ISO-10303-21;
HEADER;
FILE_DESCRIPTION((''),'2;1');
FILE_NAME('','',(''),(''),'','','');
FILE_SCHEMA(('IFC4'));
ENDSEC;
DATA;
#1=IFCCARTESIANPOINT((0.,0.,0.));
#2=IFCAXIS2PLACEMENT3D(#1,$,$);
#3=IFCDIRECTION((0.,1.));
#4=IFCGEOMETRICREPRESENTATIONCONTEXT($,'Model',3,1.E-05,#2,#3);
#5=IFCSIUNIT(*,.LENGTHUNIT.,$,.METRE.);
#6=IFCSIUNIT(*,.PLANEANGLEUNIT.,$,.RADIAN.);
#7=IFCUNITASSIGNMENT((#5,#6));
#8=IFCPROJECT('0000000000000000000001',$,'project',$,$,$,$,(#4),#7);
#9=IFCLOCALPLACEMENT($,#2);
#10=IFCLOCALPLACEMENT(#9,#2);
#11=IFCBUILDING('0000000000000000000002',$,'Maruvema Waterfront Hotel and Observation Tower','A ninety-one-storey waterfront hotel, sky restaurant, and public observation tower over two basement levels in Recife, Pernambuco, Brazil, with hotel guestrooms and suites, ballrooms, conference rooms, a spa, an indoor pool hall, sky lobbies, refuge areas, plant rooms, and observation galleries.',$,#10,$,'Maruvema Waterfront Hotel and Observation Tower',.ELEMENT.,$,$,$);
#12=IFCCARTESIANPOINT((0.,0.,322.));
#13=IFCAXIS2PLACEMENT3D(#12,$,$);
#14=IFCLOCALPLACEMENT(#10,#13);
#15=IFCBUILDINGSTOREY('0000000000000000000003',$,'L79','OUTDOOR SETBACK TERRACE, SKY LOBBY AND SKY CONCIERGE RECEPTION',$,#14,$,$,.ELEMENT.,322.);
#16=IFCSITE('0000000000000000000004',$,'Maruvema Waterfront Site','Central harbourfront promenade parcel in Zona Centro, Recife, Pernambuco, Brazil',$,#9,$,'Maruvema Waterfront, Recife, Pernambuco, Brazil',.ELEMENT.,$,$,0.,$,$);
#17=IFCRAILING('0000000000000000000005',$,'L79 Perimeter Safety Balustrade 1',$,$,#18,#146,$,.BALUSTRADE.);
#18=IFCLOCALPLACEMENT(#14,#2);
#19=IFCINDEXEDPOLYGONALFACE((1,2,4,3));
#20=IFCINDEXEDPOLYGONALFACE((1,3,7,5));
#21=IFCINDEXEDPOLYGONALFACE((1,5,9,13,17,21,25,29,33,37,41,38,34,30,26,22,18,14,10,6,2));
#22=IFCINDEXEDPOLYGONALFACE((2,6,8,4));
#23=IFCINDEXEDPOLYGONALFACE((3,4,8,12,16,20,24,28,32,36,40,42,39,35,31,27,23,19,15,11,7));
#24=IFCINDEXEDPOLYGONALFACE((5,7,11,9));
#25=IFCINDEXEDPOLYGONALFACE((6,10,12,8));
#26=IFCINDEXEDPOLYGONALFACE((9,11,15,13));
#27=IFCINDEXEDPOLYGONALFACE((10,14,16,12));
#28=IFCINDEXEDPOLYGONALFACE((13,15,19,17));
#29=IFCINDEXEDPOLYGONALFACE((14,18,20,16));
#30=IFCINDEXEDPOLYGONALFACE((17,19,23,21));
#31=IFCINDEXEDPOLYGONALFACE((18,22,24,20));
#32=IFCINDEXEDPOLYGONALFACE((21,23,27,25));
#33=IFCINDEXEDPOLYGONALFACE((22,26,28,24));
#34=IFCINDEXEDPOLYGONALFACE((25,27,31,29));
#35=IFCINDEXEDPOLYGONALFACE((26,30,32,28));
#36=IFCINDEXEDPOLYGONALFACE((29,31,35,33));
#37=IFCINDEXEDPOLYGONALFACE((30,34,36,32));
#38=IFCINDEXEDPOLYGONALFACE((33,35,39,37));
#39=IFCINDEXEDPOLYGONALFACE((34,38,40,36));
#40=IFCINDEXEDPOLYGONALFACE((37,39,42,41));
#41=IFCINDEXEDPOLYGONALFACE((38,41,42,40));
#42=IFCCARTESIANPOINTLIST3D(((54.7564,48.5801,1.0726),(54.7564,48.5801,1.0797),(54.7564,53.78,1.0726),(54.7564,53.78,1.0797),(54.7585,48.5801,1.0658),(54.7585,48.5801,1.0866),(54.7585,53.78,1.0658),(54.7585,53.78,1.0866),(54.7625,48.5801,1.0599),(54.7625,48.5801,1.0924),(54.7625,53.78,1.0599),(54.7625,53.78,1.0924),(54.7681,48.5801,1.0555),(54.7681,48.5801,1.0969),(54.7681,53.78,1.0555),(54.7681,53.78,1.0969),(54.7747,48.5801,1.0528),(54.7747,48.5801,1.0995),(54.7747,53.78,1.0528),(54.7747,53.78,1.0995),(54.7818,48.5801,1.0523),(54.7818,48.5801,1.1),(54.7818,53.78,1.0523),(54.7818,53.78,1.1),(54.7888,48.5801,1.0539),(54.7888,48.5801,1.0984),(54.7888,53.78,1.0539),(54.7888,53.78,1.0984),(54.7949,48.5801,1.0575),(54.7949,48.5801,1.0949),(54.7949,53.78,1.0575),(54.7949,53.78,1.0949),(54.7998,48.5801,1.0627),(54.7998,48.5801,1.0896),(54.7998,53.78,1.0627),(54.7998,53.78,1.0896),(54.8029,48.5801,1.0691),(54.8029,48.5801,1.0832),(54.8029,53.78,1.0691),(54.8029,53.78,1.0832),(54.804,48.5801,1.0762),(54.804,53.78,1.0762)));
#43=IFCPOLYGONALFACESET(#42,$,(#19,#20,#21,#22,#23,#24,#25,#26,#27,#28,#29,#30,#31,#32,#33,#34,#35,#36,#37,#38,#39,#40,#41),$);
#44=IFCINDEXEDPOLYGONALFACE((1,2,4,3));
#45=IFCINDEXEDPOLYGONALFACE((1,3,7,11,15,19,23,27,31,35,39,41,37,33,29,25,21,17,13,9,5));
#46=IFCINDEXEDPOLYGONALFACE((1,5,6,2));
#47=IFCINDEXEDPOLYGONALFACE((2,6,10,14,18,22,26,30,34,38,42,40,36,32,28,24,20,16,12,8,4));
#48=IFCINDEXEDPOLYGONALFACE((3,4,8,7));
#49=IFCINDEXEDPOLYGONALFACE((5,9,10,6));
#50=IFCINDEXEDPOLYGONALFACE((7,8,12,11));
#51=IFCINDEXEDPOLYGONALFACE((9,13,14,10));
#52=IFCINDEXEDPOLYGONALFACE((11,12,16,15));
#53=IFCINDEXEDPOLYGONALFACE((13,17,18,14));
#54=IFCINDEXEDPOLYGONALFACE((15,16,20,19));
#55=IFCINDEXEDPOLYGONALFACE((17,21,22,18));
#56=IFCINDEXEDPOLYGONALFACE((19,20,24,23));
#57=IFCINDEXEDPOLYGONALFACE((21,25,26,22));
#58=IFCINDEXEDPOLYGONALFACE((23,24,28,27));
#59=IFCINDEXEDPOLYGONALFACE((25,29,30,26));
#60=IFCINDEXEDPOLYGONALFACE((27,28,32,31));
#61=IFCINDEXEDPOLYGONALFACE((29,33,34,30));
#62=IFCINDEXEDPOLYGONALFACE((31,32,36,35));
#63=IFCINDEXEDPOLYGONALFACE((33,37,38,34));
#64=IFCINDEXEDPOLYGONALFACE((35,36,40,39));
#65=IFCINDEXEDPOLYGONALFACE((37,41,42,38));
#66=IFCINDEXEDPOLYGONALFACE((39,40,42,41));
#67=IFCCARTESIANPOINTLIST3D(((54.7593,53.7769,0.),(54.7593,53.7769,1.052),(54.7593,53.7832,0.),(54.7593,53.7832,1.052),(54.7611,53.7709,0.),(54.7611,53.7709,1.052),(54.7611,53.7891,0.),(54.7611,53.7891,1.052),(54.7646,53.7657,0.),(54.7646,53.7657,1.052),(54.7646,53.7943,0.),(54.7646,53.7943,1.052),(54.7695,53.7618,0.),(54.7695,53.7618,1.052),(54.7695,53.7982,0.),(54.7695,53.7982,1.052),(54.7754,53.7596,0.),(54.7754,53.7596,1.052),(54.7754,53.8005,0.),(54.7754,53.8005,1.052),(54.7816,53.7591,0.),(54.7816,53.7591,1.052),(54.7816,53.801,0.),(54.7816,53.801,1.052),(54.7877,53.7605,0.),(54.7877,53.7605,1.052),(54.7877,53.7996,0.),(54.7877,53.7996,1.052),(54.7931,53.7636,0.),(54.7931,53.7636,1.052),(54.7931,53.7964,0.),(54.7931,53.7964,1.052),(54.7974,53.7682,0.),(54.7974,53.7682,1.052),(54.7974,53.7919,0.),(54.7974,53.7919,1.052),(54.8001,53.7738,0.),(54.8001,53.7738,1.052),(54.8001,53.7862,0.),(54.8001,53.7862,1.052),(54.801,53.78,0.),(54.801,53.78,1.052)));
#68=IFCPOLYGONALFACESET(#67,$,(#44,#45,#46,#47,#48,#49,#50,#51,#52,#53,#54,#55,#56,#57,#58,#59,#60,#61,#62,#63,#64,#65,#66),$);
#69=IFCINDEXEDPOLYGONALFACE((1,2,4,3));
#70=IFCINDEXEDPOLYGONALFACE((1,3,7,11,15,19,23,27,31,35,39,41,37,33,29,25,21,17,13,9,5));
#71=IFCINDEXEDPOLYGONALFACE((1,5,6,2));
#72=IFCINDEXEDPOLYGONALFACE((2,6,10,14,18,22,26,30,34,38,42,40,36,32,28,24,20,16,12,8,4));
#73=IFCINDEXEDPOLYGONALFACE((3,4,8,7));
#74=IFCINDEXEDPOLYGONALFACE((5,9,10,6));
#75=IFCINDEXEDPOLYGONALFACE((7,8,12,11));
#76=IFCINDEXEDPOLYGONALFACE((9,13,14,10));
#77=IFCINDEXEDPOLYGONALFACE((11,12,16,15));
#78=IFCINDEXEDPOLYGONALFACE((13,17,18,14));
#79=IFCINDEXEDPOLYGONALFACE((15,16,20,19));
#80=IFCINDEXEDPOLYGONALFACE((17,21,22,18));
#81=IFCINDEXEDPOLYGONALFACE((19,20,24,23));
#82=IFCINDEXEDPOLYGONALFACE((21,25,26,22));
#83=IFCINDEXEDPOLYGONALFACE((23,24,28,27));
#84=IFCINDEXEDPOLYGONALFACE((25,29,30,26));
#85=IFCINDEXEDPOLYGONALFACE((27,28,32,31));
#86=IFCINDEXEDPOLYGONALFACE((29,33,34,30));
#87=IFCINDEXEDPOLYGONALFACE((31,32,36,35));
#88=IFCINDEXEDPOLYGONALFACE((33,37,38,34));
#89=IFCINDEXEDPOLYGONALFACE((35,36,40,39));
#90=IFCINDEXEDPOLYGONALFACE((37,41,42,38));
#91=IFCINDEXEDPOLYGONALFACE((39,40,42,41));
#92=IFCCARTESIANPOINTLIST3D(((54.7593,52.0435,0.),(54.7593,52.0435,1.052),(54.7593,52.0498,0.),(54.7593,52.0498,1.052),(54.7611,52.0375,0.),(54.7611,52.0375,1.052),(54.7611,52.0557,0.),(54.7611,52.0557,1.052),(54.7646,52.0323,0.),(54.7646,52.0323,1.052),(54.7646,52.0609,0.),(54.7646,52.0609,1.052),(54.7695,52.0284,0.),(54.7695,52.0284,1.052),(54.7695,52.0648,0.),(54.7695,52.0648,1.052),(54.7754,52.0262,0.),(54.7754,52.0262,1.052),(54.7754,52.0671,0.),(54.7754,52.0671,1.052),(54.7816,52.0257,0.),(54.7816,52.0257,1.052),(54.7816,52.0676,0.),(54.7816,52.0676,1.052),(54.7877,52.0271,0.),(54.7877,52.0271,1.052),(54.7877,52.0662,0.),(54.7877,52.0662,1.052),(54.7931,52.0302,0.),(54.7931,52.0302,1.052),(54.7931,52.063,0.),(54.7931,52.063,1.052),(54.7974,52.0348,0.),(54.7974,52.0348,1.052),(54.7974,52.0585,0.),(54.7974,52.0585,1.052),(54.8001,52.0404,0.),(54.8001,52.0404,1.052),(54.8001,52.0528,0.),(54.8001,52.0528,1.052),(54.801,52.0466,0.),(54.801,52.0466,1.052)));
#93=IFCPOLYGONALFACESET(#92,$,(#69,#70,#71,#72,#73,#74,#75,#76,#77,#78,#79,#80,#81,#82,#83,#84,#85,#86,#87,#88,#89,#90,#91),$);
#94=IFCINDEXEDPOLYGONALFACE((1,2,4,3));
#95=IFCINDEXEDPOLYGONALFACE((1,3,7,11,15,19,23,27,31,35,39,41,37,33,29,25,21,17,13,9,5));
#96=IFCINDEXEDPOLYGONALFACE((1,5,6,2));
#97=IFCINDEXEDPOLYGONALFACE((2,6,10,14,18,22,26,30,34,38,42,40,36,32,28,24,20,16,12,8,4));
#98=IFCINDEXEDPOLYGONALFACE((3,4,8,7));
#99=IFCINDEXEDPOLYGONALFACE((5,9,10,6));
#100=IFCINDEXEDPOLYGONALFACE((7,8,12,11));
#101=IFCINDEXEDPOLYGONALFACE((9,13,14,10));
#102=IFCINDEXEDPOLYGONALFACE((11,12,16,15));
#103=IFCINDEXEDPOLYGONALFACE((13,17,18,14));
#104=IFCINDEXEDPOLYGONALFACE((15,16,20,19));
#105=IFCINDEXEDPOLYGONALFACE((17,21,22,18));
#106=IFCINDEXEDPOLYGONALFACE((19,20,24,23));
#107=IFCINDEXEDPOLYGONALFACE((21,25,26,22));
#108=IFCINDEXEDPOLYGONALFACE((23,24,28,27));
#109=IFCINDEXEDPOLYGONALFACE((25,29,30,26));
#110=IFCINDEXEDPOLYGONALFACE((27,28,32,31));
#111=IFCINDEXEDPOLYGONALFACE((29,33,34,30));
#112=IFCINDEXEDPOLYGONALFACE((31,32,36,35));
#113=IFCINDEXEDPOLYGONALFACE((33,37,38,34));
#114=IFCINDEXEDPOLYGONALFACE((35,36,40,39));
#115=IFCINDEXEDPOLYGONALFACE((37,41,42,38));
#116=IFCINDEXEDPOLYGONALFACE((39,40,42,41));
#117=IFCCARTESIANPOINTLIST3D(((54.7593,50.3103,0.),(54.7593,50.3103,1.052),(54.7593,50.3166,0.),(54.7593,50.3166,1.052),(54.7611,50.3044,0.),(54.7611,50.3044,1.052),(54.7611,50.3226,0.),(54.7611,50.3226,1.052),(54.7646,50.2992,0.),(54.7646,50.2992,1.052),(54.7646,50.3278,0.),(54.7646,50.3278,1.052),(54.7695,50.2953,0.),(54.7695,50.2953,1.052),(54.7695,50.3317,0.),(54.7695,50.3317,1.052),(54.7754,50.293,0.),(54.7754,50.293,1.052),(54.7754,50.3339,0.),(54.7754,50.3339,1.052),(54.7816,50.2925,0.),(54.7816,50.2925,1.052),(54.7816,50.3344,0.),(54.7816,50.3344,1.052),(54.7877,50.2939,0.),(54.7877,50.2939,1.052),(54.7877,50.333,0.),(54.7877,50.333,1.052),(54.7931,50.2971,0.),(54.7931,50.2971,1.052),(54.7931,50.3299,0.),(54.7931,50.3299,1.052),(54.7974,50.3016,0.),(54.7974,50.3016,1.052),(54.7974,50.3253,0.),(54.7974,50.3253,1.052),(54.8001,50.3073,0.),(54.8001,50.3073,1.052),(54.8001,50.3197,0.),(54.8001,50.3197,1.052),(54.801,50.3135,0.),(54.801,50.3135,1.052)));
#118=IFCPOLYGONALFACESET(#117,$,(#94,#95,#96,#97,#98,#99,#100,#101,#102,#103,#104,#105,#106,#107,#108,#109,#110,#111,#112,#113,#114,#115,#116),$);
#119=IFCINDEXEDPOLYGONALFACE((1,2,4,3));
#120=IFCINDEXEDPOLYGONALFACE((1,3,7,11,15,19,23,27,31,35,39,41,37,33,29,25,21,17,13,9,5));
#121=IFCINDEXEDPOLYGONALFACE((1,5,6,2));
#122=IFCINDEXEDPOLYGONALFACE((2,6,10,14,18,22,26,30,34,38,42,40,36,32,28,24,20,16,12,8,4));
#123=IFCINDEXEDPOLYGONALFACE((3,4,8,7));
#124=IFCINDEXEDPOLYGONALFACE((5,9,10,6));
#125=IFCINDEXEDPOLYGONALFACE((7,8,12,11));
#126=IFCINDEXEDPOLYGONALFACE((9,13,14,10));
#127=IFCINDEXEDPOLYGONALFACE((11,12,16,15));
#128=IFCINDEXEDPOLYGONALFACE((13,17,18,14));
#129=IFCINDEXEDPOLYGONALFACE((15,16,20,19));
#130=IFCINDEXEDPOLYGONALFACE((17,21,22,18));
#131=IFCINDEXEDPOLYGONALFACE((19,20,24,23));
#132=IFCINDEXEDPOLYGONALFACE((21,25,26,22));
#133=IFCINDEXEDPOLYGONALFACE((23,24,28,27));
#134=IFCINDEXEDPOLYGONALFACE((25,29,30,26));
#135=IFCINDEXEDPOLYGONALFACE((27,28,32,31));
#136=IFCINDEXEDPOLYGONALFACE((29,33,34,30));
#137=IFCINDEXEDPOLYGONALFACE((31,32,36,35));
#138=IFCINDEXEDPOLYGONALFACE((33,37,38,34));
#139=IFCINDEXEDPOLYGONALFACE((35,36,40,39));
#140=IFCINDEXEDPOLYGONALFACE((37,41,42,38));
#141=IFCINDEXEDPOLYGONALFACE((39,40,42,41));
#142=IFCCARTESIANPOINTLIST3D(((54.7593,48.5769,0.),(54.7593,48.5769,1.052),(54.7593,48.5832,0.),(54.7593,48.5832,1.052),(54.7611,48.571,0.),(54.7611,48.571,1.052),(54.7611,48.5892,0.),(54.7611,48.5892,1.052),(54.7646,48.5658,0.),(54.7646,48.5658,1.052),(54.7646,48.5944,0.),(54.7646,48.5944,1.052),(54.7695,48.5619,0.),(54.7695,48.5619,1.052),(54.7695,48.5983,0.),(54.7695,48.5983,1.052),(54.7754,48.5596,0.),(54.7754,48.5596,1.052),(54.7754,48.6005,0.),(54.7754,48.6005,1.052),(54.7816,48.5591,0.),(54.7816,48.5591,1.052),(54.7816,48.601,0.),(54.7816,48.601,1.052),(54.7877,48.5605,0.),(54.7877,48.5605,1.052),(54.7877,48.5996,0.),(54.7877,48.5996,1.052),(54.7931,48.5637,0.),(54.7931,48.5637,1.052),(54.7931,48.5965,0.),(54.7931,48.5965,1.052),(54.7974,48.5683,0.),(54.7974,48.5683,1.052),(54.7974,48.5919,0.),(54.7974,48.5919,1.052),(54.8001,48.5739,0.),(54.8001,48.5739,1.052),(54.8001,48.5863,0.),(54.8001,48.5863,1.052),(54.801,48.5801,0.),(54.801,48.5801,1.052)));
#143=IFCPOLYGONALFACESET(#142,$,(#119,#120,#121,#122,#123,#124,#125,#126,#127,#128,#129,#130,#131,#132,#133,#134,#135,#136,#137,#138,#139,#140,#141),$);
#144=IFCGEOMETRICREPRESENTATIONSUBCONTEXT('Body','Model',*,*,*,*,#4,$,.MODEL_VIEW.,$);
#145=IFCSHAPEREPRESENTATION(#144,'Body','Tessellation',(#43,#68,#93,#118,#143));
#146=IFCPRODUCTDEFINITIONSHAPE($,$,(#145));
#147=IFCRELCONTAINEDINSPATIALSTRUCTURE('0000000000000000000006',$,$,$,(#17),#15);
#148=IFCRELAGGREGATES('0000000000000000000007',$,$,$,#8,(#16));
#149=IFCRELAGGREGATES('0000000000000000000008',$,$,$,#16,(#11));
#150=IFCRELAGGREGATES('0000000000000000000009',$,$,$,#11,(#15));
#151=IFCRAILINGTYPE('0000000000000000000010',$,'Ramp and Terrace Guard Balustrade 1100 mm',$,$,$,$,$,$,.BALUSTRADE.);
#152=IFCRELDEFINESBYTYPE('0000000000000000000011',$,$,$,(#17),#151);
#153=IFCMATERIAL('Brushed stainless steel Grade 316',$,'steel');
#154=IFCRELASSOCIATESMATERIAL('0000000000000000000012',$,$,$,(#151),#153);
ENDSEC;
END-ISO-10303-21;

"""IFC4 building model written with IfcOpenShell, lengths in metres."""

from ifc_helpers import new_model, si_unit, direction, frame, origin, origin_2d, place, context, subcontext, project, spatial, circle, extrude, material, type_object, element, save


model = new_model("IFC4")

# Units and contexts
model_context = context("Model", 3, precision=1e-05, world=origin(), true_north=direction((0.0, 1.0)))
body_context = subcontext(model_context, "Body", "Model", "MODEL_VIEW")
ifc_project = project(units=[si_unit("LENGTHUNIT", "METRE"), si_unit("PLANEANGLEUNIT", "RADIAN")], contexts=[model_context])

# Site, building, storey
site_placement = place(None, origin())
site = spatial("IfcSite", under=ifc_project, at=site_placement, Name="Maruvema Waterfront Site", Description="Central harbourfront promenade parcel in Zona Centro, Recife, Pernambuco, Brazil", LongName="Maruvema Waterfront, Recife, Pernambuco, Brazil", CompositionType="ELEMENT", RefElevation=0.0)
building_placement = place(site_placement, origin())
building = spatial("IfcBuilding", under=site, at=building_placement, Name="Maruvema Waterfront Hotel and Observation Tower", Description="A ninety-one-storey waterfront hotel, sky restaurant, and public observation tower over two basement levels in Recife, Pernambuco, Brazil, with hotel guestrooms and suites, ballrooms, conference rooms, a spa, an indoor pool hall, sky lobbies, refuge areas, plant rooms, and observation galleries.", LongName="Maruvema Waterfront Hotel and Observation Tower", CompositionType="ELEMENT")
storey_placement = place(building_placement, frame((0.0, 0.0, 322.0)))
storey = spatial("IfcBuildingStorey", under=building, at=storey_placement, Name="L79", Description="OUTDOOR SETBACK TERRACE, SKY LOBBY AND SKY CONCIERGE RECEPTION", CompositionType="ELEMENT", Elevation=322.0)

# Railing
ifc_material_1 = material(Name="Brushed stainless steel Grade 316", Category="steel")
railing_type_1 = type_object("IfcRailingType", Name="Ramp and Terrace Guard Balustrade 1100 mm", PredefinedType="BALUSTRADE", material=ifc_material_1)
railing_1_placement = place(storey_placement, frame((54.78, 53.78, 0.0)))
element("IfcRailing", 1, at=railing_1_placement, inside=storey, type_object=railing_type_1, Name="L79 Perimeter Safety Balustrade 1", PredefinedType="BALUSTRADE", context=body_context, shape_type="SweptSolid", body=[
    extrude(circle(Radius=0.0239, at=origin_2d()), frame((0.0, 0.0, 1.0762), z_axis=(0.0, -1.0, 0.0), x_axis=(1.0, 0.0, 0.0)), (0.0, 0.0, 1.0), 5.2),
    extrude(circle(Radius=0.021, at=origin_2d()), origin(), (0.0, 0.0, 1.0), 1.052),
    extrude(circle(Radius=0.021, at=origin_2d()), frame((0.0, -1.7334, 0.0)), (0.0, 0.0, 1.0), 1.052),
    extrude(circle(Radius=0.021, at=origin_2d()), frame((0.0, -3.4666, 0.0)), (0.0, 0.0, 1.0), 1.052),
    extrude(circle(Radius=0.021, at=origin_2d()), frame((0.0, -5.2, 0.0)), (0.0, 0.0, 1.0), 1.052),
])

save(model, "model.ifc")
